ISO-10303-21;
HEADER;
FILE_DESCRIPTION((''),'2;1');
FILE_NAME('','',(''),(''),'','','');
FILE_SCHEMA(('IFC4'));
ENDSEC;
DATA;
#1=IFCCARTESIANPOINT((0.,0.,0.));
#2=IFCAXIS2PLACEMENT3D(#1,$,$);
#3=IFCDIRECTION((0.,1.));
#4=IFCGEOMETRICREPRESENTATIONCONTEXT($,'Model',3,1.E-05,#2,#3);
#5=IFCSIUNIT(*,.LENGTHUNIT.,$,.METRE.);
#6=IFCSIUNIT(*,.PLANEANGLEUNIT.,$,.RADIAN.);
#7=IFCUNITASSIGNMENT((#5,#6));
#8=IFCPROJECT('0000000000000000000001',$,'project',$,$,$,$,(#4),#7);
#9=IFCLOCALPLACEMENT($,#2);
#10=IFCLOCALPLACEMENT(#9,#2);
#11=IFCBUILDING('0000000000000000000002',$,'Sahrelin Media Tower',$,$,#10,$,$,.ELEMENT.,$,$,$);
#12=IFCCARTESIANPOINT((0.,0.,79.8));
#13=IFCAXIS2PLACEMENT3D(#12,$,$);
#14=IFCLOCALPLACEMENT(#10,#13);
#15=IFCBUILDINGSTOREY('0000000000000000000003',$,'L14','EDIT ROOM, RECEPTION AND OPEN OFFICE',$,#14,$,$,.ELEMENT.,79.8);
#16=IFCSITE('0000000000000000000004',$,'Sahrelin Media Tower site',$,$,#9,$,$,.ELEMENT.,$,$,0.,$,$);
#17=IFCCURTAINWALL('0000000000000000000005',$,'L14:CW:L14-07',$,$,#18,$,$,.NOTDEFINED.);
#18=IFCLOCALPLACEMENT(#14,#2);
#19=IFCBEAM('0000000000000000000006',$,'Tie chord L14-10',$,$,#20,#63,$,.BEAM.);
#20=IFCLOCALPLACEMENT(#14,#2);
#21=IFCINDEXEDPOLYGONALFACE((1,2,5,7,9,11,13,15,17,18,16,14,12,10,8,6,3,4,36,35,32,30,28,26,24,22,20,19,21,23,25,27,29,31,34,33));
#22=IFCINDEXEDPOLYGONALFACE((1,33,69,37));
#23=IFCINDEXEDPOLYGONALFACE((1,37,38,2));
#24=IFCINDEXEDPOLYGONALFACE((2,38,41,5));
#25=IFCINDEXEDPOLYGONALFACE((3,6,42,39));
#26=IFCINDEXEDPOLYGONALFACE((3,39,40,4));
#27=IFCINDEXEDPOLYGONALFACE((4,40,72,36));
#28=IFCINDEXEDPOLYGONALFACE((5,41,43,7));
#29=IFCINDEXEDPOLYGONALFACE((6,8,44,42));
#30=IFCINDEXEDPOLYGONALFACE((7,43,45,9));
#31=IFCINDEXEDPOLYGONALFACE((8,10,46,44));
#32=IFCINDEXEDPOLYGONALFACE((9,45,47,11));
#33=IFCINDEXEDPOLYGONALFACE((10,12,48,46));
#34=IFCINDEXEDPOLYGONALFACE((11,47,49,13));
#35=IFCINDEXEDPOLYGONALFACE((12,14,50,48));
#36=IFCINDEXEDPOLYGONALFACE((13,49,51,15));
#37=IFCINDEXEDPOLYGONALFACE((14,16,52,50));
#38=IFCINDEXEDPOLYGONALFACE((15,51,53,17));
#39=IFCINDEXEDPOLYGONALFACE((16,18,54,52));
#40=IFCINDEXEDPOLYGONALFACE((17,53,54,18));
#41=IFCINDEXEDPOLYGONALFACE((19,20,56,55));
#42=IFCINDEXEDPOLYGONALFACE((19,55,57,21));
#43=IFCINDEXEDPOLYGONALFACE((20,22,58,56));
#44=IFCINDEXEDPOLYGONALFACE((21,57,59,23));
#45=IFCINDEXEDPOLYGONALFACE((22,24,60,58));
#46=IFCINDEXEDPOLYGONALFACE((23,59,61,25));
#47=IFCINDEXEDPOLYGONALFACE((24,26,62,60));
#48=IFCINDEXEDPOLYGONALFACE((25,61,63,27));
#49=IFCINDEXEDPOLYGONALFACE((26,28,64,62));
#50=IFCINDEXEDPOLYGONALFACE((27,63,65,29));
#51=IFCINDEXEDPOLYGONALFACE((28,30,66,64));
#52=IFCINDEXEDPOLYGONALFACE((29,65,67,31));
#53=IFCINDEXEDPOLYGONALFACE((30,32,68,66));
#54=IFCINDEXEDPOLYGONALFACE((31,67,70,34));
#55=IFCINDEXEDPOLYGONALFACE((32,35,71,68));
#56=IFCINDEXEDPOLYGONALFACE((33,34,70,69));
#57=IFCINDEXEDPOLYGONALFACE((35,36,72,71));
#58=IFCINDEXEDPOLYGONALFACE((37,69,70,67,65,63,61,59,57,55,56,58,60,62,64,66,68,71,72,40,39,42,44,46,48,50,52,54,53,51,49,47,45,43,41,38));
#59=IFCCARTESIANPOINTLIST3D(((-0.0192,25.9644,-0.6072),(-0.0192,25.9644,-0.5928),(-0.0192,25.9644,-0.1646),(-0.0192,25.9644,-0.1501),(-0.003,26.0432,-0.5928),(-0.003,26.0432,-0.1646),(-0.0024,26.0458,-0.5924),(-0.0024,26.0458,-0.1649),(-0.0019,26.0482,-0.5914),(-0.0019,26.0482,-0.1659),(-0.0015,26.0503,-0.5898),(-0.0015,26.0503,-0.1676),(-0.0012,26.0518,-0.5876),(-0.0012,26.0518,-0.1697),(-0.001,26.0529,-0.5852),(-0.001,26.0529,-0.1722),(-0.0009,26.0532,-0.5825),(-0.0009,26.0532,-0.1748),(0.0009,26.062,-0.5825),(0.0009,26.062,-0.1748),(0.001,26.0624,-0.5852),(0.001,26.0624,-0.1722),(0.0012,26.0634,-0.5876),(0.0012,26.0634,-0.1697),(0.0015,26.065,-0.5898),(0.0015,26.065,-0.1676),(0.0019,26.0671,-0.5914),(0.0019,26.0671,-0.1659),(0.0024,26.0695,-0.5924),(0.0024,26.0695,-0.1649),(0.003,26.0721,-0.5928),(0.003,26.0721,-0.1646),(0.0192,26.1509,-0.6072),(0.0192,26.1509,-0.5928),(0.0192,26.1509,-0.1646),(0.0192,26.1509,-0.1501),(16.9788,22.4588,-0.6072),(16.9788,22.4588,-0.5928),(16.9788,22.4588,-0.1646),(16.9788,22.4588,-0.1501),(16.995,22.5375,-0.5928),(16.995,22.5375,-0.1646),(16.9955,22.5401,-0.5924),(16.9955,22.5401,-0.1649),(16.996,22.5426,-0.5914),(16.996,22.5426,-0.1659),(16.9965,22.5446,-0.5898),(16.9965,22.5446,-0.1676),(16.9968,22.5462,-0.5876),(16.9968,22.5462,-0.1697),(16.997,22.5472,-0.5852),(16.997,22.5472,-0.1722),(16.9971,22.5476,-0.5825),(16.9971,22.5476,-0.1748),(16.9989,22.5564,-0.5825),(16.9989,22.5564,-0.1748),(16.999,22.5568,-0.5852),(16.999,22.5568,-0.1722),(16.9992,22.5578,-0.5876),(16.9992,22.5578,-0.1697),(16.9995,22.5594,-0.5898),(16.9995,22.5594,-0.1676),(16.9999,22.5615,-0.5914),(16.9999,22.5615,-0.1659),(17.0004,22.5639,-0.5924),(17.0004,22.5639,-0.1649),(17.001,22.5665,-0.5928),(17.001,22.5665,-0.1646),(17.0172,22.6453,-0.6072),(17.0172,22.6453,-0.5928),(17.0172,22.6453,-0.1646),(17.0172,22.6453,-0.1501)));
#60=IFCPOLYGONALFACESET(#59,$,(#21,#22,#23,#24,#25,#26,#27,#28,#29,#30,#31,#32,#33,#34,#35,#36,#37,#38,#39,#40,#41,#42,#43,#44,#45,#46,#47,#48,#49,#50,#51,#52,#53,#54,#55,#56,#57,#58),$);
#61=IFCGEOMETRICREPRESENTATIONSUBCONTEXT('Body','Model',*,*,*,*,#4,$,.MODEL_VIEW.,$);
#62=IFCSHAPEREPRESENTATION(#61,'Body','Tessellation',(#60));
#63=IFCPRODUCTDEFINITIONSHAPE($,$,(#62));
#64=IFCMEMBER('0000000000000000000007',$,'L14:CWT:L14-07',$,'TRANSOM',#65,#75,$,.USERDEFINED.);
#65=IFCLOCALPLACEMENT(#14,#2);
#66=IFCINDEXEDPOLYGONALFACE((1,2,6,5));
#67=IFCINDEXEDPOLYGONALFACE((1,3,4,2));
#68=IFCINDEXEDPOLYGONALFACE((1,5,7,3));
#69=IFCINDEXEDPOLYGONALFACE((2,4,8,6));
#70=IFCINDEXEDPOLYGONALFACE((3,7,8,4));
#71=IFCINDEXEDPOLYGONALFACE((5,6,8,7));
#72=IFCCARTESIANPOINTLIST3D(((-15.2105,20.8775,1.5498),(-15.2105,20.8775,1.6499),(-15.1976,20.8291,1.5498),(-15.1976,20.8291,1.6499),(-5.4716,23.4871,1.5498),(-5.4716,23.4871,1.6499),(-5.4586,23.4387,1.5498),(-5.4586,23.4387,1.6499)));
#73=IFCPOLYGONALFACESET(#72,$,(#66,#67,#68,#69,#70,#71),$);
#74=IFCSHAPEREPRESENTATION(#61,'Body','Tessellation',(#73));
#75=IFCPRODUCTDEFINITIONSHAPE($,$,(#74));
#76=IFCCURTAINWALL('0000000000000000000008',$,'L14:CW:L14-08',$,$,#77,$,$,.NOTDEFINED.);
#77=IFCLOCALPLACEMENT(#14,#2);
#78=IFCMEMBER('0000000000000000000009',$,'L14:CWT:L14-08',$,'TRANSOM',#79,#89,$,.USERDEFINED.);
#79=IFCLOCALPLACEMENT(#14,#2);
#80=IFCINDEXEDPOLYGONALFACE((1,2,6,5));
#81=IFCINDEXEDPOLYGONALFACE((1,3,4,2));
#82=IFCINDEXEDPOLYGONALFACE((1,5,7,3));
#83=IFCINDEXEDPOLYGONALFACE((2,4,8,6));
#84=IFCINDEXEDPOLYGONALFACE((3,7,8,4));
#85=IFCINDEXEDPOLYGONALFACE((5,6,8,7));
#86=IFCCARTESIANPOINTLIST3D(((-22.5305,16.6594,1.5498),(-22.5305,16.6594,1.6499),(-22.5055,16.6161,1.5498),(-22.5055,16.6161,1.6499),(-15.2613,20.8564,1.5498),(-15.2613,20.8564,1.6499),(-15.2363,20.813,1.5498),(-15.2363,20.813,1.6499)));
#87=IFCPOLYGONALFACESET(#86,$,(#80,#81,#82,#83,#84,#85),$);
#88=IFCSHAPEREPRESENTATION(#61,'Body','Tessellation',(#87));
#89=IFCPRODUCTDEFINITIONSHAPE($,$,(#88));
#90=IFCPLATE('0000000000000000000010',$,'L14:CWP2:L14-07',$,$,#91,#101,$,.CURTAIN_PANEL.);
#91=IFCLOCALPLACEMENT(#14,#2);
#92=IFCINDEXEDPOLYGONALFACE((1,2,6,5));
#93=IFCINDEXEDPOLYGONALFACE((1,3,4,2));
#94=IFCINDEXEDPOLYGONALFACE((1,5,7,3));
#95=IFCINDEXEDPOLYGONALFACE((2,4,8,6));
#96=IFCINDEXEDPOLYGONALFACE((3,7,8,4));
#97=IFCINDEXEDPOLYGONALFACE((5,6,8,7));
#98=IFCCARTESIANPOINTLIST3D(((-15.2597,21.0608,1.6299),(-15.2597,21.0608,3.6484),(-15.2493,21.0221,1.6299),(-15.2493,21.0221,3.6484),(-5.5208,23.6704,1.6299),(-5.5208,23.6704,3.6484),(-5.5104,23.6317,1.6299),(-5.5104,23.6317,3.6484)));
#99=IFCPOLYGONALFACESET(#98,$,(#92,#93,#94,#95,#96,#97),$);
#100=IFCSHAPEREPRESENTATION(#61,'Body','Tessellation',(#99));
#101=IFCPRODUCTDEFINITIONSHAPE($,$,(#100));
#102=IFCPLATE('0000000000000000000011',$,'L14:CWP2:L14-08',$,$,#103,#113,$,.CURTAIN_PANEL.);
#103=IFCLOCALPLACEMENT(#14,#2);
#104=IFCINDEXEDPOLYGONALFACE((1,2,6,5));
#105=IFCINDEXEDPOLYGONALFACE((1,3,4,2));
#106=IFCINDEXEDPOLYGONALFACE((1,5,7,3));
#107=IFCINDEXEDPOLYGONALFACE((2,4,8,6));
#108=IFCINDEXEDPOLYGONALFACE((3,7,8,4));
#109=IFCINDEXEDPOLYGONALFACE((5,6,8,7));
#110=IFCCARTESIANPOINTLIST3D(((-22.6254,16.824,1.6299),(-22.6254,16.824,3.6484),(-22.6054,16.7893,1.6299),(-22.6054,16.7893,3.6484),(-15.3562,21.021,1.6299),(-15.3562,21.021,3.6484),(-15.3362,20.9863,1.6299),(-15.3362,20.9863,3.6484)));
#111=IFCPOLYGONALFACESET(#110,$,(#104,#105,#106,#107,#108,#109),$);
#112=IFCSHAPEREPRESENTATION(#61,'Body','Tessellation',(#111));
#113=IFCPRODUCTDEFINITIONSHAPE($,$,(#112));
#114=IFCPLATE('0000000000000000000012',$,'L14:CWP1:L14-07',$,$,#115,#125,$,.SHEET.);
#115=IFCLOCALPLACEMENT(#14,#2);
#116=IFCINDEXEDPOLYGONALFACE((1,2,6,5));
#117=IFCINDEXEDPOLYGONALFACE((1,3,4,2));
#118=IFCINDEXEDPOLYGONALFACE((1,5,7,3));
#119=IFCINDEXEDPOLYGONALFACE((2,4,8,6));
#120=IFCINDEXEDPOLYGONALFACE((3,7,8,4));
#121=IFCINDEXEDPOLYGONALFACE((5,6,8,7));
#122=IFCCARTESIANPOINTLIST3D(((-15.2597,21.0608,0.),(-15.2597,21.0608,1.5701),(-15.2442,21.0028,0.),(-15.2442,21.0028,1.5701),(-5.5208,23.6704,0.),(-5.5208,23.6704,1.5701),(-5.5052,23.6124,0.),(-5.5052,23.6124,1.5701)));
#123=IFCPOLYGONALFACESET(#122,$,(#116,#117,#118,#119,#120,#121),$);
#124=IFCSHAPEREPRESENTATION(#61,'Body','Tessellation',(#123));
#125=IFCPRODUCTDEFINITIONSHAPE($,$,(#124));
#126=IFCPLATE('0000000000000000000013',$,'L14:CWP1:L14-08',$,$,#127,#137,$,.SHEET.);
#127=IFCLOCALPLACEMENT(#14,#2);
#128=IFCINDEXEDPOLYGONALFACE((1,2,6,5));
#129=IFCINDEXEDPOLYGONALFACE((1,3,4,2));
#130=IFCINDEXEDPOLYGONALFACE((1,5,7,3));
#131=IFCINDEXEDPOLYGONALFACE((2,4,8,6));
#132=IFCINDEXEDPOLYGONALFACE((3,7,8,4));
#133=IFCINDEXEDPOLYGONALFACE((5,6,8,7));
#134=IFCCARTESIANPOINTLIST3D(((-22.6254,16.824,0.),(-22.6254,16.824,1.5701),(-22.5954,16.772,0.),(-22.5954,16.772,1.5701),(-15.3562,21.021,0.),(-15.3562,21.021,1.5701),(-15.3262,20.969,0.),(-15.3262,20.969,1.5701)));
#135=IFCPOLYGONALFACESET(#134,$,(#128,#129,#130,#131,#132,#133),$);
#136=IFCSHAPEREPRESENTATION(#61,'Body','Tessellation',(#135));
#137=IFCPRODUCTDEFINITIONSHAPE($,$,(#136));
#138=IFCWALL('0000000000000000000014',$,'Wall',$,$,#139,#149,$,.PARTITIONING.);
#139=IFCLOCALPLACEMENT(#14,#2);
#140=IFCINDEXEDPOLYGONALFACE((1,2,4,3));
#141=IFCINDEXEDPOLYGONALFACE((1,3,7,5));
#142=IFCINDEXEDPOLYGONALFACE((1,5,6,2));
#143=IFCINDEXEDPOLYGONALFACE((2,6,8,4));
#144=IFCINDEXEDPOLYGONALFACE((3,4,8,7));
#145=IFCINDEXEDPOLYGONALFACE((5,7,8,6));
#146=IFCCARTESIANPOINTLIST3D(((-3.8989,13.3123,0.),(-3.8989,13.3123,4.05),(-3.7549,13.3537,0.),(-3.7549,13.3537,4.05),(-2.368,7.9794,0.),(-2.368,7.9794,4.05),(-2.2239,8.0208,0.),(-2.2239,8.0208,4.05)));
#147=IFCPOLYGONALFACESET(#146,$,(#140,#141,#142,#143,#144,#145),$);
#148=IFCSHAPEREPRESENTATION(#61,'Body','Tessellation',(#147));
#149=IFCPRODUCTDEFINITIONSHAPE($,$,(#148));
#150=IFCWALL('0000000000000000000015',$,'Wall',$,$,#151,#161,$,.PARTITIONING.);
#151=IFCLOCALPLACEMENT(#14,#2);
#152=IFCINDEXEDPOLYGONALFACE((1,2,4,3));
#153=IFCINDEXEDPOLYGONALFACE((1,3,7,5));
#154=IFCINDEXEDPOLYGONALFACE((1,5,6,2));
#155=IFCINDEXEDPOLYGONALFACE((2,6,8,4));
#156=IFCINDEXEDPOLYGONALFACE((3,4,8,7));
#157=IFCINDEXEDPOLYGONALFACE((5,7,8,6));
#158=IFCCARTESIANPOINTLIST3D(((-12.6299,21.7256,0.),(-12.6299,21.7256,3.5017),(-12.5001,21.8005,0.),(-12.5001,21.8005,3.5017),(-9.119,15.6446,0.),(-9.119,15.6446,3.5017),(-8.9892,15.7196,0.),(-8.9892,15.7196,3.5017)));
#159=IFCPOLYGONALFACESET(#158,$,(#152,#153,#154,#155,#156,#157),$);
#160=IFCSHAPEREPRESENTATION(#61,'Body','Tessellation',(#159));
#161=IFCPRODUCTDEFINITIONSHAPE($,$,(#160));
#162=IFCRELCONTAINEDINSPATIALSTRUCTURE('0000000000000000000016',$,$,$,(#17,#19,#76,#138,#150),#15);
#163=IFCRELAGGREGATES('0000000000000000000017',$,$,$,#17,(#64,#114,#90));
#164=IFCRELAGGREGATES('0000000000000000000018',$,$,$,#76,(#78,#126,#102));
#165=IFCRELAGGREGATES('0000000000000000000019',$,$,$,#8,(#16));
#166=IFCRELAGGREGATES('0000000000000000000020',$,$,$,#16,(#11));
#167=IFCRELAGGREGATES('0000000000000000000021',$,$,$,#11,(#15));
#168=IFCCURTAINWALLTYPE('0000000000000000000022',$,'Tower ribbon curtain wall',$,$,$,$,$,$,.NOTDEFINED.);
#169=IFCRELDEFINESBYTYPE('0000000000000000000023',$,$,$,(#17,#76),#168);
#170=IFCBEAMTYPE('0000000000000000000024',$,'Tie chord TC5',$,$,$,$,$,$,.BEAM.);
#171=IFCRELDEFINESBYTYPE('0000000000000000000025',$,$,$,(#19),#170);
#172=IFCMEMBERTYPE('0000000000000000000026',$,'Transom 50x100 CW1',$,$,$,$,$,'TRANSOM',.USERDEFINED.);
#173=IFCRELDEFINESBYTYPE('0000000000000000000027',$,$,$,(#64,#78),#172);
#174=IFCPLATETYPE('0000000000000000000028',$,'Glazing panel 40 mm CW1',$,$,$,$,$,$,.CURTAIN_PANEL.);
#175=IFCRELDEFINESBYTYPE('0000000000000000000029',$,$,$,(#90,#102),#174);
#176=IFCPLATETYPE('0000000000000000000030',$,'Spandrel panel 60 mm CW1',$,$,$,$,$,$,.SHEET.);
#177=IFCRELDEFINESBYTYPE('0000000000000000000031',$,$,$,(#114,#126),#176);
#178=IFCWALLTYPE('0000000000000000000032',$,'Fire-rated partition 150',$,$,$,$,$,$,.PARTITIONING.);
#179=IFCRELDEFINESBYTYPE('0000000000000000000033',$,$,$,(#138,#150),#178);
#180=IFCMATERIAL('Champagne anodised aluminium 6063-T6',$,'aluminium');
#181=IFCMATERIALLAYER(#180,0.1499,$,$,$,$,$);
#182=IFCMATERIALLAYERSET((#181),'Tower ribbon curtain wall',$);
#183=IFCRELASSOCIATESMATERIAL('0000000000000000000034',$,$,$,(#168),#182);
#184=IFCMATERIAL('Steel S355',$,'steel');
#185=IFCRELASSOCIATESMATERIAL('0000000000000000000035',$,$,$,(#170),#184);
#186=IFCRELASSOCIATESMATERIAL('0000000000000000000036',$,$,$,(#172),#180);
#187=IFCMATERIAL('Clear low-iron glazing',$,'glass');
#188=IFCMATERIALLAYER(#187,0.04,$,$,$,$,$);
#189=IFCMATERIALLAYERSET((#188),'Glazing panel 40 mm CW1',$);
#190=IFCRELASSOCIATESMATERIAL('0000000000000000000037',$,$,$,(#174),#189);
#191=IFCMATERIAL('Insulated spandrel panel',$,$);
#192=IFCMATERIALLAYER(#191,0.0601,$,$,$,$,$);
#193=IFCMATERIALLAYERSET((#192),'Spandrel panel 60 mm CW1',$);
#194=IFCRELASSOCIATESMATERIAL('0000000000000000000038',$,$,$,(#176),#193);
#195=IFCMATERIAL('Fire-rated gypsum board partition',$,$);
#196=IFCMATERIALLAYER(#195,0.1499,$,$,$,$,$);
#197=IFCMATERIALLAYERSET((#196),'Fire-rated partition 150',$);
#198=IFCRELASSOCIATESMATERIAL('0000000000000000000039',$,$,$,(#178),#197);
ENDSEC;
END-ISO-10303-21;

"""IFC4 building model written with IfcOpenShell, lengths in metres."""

from ifc_helpers import new_model, si_unit, direction, frame, frame_2d, origin, origin_2d, place, context, subcontext, project, spatial, polyline, rectangle, i_section, outline, extrude, material, layer, layer_set, material_profile, profile_set, type_object, element, aggregate, save


model = new_model("IFC4")

# Units and contexts
model_context = context("Model", 3, precision=1e-05, world=origin(), true_north=direction((0.0, 1.0)))
body_context = subcontext(model_context, "Body", "Model", "MODEL_VIEW")
ifc_project = project(units=[si_unit("LENGTHUNIT", "METRE"), si_unit("PLANEANGLEUNIT", "RADIAN")], contexts=[model_context])

# Site, building, storey
site_placement = place(None, origin())
site = spatial("IfcSite", under=ifc_project, at=site_placement, Name="Sahrelin Media Tower site", CompositionType="ELEMENT", RefElevation=0.0)
building_placement = place(site_placement, origin())
building = spatial("IfcBuilding", under=site, at=building_placement, Name="Sahrelin Media Tower", CompositionType="ELEMENT")
storey_placement = place(building_placement, frame((0.0, 0.0, 79.8)))
storey = spatial("IfcBuildingStorey", under=building, at=storey_placement, Name="L14", Description="EDIT ROOM, RECEPTION AND OPEN OFFICE", CompositionType="ELEMENT", Elevation=79.8)

# Shared definitions
ifc_material_1 = material(Name="Steel S355", Category="steel")

# Curtain wall
ifc_material_2 = material(Name="Champagne anodised aluminium 6063-T6", Category="aluminium")
ifc_layer_1 = layer(ifc_material_2, 0.1499)
ifc_layer_set_1 = layer_set([ifc_layer_1], Name="Tower ribbon curtain wall")
curtain_wall_type = type_object("IfcCurtainWallType", Name="Tower ribbon curtain wall", PredefinedType="NOTDEFINED", material=ifc_layer_set_1)
curtain_wall_1_placement = place(storey_placement, frame((-10.385, 22.3464, 0.0), z_axis=(0.0, 0.0, 1.0), x_axis=(1.0, 0.0, 0.0)))
curtain_wall_1 = element("IfcCurtainWall", 1, at=curtain_wall_1_placement, inside=storey, type_object=curtain_wall_type, Name="L14:CW:L14-07", PredefinedType="NOTDEFINED")

# Beam
ifc_material_profile_1 = material_profile(ifc_material_1, i_section(OverallWidth=0.1904, OverallDepth=0.457, WebThickness=0.009, FlangeThickness=0.0144, FilletRadius=0.0103, at=origin_2d()), Name="UB 457x191x74")
ifc_profile_set_1 = profile_set([ifc_material_profile_1], Name="Steel S355")
beam_type_1 = type_object("IfcBeamType", Name="Tie chord TC5", PredefinedType="BEAM", material=ifc_profile_set_1)
beam_1_placement = place(storey_placement, frame((0.0, 26.0576, -0.3787), z_axis=(0.979389, -0.201986, 0.0), x_axis=(0.201986, 0.979389, 0.0)))
element("IfcBeam", 2, at=beam_1_placement, inside=storey, type_object=beam_type_1, Name="Tie chord L14-10", PredefinedType="BEAM", context=body_context, shape_type="SweptSolid", body=[
    extrude(i_section(OverallWidth=0.1904, OverallDepth=0.457, WebThickness=0.009, FlangeThickness=0.0144, FilletRadius=0.0103, at=origin_2d()), origin(), (0.0, 0.0, 1.0), 17.3557),
])

# Member
ifc_material_profile_2 = material_profile(ifc_material_2, rectangle(XDim=0.05, YDim=0.1001, at=origin_2d()), Name="Transom 50x100")
ifc_profile_set_2 = profile_set([ifc_material_profile_2], Name="Champagne anodised aluminium 6063-T6")
member_type_1 = type_object("IfcMemberType", Name="Transom 50x100 CW1", ElementType="TRANSOM", PredefinedType="USERDEFINED", material=ifc_profile_set_2)
member_1_placement = place(storey_placement, frame((-5.4651, 23.4629, 1.5999), z_axis=(-0.965924, -0.258824, 0.0), x_axis=(0.258824, -0.965924, 0.0)))
member_1 = element("IfcMember", 3, at=member_1_placement, type_object=member_type_1, Name="L14:CWT:L14-07", ObjectType="TRANSOM", PredefinedType="USERDEFINED", context=body_context, shape_type="SweptSolid", body=[
    extrude(rectangle(XDim=0.05, YDim=0.1001, at=origin_2d()), origin(), (0.0, 0.0, 1.0), 10.0825),
])

# Curtain wall, member
curtain_wall_2_placement = place(storey_placement, frame((-18.981, 18.9053, 0.0), z_axis=(0.0, 0.0, 1.0), x_axis=(1.0, 0.0, 0.0)))
curtain_wall_2 = element("IfcCurtainWall", 4, at=curtain_wall_2_placement, inside=storey, type_object=curtain_wall_type, Name="L14:CW:L14-08", PredefinedType="NOTDEFINED")
member_2_placement = place(storey_placement, frame((-15.2488, 20.8347, 1.5999), z_axis=(-0.86602, -0.500009, 0.0), x_axis=(0.500009, -0.86602, 0.0)))
member_2 = element("IfcMember", 5, at=member_2_placement, type_object=member_type_1, Name="L14:CWT:L14-08", ObjectType="TRANSOM", PredefinedType="USERDEFINED", context=body_context, shape_type="SweptSolid", body=[
    extrude(rectangle(XDim=0.05, YDim=0.1001, at=origin_2d()), origin(), (0.0, 0.0, 1.0), 8.3938),
])

# Plates
ifc_material_3 = material(Name="Clear low-iron glazing", Category="glass")
ifc_layer_2 = layer(ifc_material_3, 0.04)
ifc_layer_set_2 = layer_set([ifc_layer_2], Name="Glazing panel 40 mm CW1")
plate_type_1 = type_object("IfcPlateType", Name="Glazing panel 40 mm CW1", PredefinedType="CURTAIN_PANEL", material=ifc_layer_set_2)
plate_1_placement = place(storey_placement, frame((-5.5208, 23.6704, 1.6299), z_axis=(-0.258824, 0.965924, 0.0), x_axis=(-0.965924, -0.258824, 0.0)))
plate_1 = element("IfcPlate", 6, at=plate_1_placement, type_object=plate_type_1, Name="L14:CWP2:L14-07", PredefinedType="CURTAIN_PANEL", context=body_context, shape_type="SweptSolid", body=[
    extrude(outline(polyline([(0.0, 0.0), (10.0825, 0.0), (10.0825, 2.0186), (0.0, 2.0186), (0.0, 0.0)])), origin(), (0.0, 0.0, -1.0), 0.04),
])
plate_2_placement = place(storey_placement, frame((-15.3562, 21.021, 1.6299), z_axis=(-0.500009, 0.86602, 0.0), x_axis=(-0.86602, -0.500009, 0.0)))
plate_2 = element("IfcPlate", 7, at=plate_2_placement, type_object=plate_type_1, Name="L14:CWP2:L14-08", PredefinedType="CURTAIN_PANEL", context=body_context, shape_type="SweptSolid", body=[
    extrude(outline(polyline([(0.0, 0.0), (8.3938, 0.0), (8.3938, 2.0186), (0.0, 2.0186), (0.0, 0.0)])), origin(), (0.0, 0.0, -1.0), 0.04),
])
ifc_material_4 = material(Name="Insulated spandrel panel")
ifc_layer_3 = layer(ifc_material_4, 0.0601)
ifc_layer_set_3 = layer_set([ifc_layer_3], Name="Spandrel panel 60 mm CW1")
plate_type_2 = type_object("IfcPlateType", Name="Spandrel panel 60 mm CW1", PredefinedType="SHEET", material=ifc_layer_set_3)
plate_3_placement = place(storey_placement, frame((-5.5208, 23.6704, 0.0), z_axis=(-0.258824, 0.965924, 0.0), x_axis=(-0.965924, -0.258824, 0.0)))
plate_3 = element("IfcPlate", 8, at=plate_3_placement, type_object=plate_type_2, Name="L14:CWP1:L14-07", PredefinedType="SHEET", context=body_context, shape_type="SweptSolid", body=[
    extrude(outline(polyline([(0.0, 0.0), (10.0825, 0.0), (10.0825, 1.5701), (0.0, 1.5701), (0.0, 0.0)])), origin(), (0.0, 0.0, -1.0), 0.0601),
])
aggregate(curtain_wall_1, [member_1, plate_3, plate_1])
plate_4_placement = place(storey_placement, frame((-15.3562, 21.021, 0.0), z_axis=(-0.500009, 0.86602, 0.0), x_axis=(-0.86602, -0.500009, 0.0)))
plate_4 = element("IfcPlate", 9, at=plate_4_placement, type_object=plate_type_2, Name="L14:CWP1:L14-08", PredefinedType="SHEET", context=body_context, shape_type="SweptSolid", body=[
    extrude(outline(polyline([(0.0, 0.0), (8.3938, 0.0), (8.3938, 1.5701), (0.0, 1.5701), (0.0, 0.0)])), origin(), (0.0, 0.0, -1.0), 0.0601),
])
aggregate(curtain_wall_2, [member_2, plate_4, plate_2])

# Walls
ifc_material_5 = material(Name="Fire-rated gypsum board partition")
ifc_layer_4 = layer(ifc_material_5, 0.1499)
ifc_layer_set_4 = layer_set([ifc_layer_4], Name="Fire-rated partition 150")
wall_type_1 = type_object("IfcWallType", Name="Fire-rated partition 150", PredefinedType="PARTITIONING", material=ifc_layer_set_4)
wall_1_placement = place(storey_placement, frame((-3.8269, 13.333, 0.0), z_axis=(0.0, 0.0, 1.0), x_axis=(0.275936, -0.961176, 0.0)))
element("IfcWall", 10, at=wall_1_placement, inside=storey, type_object=wall_type_1, Name="Wall", PredefinedType="PARTITIONING", context=body_context, shape_type="SweptSolid", body=[
    extrude(rectangle(XDim=5.5483, YDim=0.1499, at=frame_2d((2.7742, 0.0))), origin(), (0.0, 0.0, 1.0), 4.05),
])
wall_2_placement = place(storey_placement, frame((-12.5649, 21.7629, 0.0), z_axis=(0.0, 0.0, 1.0), x_axis=(0.500009, -0.86602, 0.0)))
element("IfcWall", 11, at=wall_2_placement, inside=storey, type_object=wall_type_1, Name="Wall", PredefinedType="PARTITIONING", context=body_context, shape_type="SweptSolid", body=[
    extrude(rectangle(XDim=7.0217, YDim=0.1499, at=frame_2d((3.5107, 0.0))), origin(), (0.0, 0.0, 1.0), 3.5017),
])

save(model, "model.ifc")
